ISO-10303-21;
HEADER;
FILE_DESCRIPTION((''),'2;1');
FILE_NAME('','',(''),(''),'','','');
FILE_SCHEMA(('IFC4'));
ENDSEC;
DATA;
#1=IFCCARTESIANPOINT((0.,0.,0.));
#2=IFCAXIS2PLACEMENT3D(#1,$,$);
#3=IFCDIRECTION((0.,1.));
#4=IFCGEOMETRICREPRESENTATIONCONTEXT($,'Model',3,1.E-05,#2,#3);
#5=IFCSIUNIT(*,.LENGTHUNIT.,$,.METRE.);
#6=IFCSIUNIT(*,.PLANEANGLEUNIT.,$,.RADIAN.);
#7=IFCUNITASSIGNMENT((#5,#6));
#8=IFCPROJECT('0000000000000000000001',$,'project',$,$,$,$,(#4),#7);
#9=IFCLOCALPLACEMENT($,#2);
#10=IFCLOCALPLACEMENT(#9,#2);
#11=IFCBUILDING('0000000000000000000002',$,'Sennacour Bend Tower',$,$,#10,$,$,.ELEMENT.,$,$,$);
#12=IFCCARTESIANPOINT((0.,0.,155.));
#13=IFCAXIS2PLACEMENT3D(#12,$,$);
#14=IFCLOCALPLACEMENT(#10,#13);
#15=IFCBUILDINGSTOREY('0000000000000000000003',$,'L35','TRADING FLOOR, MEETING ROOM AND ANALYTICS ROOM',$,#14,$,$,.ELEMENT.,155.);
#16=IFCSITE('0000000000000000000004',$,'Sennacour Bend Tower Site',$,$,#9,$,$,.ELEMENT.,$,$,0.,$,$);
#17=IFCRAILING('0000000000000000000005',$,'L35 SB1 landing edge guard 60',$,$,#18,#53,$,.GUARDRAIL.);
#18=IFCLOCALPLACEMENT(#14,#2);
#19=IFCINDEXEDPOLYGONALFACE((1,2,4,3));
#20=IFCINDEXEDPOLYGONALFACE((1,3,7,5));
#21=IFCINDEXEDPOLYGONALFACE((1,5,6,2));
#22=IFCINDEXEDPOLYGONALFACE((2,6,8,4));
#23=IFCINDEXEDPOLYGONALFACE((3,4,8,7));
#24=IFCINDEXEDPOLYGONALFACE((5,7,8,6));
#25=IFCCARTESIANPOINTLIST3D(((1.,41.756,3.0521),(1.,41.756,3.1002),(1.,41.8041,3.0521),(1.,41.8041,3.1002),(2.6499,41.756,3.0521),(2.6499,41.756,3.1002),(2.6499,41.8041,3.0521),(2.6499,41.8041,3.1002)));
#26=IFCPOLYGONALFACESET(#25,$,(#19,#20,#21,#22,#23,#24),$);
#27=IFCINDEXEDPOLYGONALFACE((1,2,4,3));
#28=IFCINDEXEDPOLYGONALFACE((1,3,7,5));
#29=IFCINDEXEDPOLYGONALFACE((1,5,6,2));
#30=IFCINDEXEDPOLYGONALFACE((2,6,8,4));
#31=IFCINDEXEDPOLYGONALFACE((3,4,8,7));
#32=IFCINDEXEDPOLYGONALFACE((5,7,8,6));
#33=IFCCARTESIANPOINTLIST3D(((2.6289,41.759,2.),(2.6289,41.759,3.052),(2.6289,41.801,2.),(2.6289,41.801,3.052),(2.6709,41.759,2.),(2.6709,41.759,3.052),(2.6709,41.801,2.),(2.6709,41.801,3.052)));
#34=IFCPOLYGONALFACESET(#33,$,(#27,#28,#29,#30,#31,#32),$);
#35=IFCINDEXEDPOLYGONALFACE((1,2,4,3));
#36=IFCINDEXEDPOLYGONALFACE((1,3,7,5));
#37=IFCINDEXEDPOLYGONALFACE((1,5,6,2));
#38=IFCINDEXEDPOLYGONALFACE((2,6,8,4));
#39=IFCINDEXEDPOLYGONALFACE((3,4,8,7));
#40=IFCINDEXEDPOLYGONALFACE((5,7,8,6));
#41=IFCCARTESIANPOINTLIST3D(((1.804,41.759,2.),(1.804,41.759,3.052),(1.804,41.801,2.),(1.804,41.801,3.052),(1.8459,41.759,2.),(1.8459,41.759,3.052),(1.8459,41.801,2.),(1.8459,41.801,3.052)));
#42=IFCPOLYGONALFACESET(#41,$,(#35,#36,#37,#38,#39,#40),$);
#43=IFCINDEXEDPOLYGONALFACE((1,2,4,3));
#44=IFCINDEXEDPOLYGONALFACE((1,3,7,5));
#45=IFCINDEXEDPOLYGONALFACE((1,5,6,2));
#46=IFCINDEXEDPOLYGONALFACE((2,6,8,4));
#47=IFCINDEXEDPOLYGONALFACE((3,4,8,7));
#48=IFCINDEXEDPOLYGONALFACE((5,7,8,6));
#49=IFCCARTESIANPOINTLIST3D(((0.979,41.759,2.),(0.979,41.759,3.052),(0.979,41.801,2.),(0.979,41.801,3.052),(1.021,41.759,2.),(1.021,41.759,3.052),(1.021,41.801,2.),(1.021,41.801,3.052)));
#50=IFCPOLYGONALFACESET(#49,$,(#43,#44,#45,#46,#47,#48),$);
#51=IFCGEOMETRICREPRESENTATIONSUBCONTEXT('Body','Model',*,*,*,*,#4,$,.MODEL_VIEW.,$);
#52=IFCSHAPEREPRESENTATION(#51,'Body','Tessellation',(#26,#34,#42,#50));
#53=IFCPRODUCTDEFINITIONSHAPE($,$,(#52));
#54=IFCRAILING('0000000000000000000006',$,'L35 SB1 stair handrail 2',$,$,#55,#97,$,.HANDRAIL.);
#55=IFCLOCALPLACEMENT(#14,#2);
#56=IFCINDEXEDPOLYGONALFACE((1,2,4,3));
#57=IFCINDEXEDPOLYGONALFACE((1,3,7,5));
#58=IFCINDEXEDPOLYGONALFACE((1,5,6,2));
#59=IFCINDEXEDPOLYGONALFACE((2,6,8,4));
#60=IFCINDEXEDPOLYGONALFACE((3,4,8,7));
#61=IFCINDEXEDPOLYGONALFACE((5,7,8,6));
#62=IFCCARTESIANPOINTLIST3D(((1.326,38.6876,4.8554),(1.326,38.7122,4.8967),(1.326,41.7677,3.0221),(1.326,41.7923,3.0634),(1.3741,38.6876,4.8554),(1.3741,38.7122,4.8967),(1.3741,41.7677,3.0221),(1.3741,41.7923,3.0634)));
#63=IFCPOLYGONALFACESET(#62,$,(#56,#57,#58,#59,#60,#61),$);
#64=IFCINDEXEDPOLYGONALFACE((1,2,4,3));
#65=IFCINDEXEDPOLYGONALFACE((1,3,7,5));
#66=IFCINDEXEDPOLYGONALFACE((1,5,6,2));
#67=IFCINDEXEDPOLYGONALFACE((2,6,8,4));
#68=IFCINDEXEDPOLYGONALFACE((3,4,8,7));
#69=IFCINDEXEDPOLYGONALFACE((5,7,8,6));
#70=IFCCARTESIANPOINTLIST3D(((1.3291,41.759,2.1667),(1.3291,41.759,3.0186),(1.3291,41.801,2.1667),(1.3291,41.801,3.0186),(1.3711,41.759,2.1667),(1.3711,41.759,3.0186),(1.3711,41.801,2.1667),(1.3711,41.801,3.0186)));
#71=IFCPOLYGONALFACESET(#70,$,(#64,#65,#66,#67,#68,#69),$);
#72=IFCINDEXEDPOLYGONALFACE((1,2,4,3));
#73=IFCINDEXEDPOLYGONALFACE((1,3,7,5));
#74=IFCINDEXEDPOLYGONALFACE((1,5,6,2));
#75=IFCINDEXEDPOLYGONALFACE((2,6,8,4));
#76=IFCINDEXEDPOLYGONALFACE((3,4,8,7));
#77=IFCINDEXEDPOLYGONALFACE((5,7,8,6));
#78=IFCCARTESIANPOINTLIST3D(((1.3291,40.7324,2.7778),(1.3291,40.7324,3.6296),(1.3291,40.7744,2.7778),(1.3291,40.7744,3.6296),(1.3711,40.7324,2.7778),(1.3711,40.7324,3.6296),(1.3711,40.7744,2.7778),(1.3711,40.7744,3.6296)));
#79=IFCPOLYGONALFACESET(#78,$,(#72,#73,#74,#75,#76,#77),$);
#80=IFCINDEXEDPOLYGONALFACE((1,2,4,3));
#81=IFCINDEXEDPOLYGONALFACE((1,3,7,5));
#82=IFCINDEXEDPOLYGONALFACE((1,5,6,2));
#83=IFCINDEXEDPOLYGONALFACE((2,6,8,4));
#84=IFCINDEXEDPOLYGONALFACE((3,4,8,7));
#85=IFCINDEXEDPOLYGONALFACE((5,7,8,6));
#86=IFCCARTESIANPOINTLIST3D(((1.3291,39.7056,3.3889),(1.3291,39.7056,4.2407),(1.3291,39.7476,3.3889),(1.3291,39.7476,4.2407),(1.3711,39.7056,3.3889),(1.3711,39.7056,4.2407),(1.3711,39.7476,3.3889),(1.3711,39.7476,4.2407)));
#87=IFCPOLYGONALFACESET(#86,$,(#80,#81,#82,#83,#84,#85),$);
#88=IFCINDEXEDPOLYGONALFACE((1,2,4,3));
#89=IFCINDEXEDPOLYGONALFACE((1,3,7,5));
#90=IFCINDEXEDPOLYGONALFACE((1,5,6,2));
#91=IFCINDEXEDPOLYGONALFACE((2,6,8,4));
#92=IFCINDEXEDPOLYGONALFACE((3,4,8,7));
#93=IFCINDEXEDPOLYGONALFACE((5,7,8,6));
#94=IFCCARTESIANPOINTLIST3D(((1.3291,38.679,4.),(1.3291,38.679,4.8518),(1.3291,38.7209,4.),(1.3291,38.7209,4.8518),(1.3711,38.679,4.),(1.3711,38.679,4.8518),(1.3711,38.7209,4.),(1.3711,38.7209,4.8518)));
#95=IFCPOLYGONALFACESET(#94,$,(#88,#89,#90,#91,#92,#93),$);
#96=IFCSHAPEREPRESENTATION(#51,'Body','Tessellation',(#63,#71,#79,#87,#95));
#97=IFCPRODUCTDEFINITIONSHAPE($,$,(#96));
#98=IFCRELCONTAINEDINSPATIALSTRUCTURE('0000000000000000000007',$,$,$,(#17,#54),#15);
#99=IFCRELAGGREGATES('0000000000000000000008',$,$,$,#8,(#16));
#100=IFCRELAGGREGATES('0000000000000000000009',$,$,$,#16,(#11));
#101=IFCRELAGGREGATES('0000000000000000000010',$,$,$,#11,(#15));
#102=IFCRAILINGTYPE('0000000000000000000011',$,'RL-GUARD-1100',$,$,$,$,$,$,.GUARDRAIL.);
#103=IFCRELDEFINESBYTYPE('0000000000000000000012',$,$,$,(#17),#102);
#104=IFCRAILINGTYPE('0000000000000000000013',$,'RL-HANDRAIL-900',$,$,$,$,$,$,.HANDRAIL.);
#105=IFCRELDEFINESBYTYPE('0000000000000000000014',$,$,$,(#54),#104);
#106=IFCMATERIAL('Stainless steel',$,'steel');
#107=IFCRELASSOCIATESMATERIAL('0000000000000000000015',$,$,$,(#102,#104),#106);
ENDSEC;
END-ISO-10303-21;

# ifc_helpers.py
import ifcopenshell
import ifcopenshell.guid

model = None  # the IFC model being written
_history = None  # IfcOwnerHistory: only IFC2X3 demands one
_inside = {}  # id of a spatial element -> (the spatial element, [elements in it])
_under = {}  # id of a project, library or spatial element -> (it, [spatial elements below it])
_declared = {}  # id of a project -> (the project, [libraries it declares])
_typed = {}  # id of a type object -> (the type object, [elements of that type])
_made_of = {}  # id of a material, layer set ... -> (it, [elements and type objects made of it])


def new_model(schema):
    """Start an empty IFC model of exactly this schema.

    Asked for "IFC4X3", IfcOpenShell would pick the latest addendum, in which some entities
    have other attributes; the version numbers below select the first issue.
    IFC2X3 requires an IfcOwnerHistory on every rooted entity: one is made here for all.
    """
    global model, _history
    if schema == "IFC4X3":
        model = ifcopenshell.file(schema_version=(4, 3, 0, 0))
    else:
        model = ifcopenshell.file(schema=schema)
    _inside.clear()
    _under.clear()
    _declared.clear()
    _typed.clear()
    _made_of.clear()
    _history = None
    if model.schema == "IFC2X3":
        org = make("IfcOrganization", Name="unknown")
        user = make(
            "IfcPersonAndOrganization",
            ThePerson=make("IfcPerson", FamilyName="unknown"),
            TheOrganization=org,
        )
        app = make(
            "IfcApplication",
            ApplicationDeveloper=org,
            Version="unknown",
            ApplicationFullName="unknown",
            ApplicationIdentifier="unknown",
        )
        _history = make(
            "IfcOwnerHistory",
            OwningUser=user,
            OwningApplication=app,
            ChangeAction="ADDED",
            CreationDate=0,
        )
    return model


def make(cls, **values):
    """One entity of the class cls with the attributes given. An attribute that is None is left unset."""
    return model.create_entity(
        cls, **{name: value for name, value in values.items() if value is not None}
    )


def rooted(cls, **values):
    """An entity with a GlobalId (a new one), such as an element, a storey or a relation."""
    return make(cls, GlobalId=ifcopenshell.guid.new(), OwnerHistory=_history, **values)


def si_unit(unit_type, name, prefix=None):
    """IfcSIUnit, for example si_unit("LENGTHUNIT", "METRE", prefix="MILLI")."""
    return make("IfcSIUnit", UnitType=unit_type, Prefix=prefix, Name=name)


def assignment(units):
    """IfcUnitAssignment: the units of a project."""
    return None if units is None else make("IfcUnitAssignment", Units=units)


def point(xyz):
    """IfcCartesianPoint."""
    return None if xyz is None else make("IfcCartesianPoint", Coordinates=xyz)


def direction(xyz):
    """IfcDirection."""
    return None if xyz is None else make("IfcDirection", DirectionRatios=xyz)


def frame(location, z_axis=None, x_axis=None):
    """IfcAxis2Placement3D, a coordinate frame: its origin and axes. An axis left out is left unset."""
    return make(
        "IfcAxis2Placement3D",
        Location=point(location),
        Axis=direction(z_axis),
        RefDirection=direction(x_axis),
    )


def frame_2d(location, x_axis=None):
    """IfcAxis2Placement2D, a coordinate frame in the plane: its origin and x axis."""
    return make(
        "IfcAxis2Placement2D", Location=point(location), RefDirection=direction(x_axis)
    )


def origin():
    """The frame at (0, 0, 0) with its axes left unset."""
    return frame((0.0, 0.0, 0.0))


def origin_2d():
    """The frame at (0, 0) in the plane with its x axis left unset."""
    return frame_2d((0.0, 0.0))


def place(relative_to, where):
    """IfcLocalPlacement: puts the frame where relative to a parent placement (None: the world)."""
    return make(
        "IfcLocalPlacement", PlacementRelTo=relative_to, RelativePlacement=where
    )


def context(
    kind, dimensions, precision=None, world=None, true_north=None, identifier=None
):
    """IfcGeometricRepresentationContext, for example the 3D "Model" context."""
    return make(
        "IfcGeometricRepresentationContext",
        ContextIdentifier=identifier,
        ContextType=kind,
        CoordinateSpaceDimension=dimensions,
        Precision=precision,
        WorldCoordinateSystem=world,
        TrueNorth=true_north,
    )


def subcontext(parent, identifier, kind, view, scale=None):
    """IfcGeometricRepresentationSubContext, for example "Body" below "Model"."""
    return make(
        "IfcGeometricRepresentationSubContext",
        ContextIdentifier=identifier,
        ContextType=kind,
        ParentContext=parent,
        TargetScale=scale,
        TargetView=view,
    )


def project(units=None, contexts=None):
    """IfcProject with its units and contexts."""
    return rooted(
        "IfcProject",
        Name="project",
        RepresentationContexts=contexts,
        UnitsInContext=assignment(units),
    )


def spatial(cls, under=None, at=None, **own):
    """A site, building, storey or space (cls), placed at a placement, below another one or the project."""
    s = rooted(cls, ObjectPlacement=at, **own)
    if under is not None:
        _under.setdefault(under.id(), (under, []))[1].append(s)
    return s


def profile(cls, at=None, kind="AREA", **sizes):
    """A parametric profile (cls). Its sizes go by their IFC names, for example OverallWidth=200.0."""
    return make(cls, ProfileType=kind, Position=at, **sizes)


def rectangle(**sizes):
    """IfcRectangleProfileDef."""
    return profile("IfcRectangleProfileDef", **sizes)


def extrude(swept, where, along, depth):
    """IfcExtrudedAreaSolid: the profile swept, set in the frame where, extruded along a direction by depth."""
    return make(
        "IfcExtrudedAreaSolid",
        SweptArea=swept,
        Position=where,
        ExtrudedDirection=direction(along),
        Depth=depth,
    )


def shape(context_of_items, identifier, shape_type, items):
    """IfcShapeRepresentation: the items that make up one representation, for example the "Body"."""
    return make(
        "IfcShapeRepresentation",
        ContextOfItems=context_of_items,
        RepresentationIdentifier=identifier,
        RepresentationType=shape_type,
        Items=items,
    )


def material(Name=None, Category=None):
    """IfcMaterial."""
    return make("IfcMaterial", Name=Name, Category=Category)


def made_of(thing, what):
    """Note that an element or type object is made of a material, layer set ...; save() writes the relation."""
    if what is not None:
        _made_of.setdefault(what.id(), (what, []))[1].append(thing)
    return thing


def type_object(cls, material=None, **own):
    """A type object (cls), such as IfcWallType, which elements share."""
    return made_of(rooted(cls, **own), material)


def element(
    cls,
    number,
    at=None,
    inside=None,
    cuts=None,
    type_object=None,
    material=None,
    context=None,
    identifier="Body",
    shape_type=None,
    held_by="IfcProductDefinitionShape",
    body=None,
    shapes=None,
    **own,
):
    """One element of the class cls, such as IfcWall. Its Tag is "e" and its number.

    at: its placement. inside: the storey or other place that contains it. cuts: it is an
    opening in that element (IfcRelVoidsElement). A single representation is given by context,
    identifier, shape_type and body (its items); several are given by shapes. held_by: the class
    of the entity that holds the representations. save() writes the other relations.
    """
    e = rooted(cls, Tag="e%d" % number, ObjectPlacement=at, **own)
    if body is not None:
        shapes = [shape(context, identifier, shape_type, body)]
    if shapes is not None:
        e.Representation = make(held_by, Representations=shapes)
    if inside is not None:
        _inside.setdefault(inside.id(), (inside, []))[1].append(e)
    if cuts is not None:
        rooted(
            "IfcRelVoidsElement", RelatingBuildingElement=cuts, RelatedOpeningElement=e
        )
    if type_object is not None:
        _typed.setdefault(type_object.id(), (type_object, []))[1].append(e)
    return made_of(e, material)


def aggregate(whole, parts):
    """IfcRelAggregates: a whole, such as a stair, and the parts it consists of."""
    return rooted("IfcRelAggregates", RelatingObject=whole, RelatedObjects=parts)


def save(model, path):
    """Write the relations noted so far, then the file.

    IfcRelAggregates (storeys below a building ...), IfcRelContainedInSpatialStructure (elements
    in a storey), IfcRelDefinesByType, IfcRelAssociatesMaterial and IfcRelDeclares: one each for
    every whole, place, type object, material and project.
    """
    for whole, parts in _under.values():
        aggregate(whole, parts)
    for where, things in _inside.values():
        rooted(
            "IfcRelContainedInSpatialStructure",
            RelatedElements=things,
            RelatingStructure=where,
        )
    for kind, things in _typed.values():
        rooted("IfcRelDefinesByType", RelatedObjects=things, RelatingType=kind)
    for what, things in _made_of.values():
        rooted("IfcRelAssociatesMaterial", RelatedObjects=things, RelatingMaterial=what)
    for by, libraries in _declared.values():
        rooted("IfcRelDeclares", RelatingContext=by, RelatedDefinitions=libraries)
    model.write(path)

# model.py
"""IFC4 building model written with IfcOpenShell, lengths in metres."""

from ifc_helpers import new_model, si_unit, direction, frame, origin, origin_2d, place, context, subcontext, project, spatial, rectangle, extrude, material, type_object, element, save


model = new_model("IFC4")

# Units and contexts
model_context = context("Model", 3, precision=1e-05, world=origin(), true_north=direction((0.0, 1.0)))
body_context = subcontext(model_context, "Body", "Model", "MODEL_VIEW")
ifc_project = project(units=[si_unit("LENGTHUNIT", "METRE"), si_unit("PLANEANGLEUNIT", "RADIAN")], contexts=[model_context])

# Site, building, storey
site_placement = place(None, origin())
site = spatial("IfcSite", under=ifc_project, at=site_placement, Name="Sennacour Bend Tower Site", CompositionType="ELEMENT", RefElevation=0.0)
building_placement = place(site_placement, origin())
building = spatial("IfcBuilding", under=site, at=building_placement, Name="Sennacour Bend Tower", CompositionType="ELEMENT")
storey_placement = place(building_placement, frame((0.0, 0.0, 155.0)))
storey = spatial("IfcBuildingStorey", under=building, at=storey_placement, Name="L35", Description="TRADING FLOOR, MEETING ROOM AND ANALYTICS ROOM", CompositionType="ELEMENT", Elevation=155.0)

# Railings
ifc_material_1 = material(Name="Stainless steel", Category="steel")
railing_type_1 = type_object("IfcRailingType", Name="RL-GUARD-1100", PredefinedType="GUARDRAIL", material=ifc_material_1)
railing_1_placement = place(storey_placement, frame((2.6499, 41.78, 2.0)))
element("IfcRailing", 1, at=railing_1_placement, inside=storey, type_object=railing_type_1, Name="L35 SB1 landing edge guard 60", PredefinedType="GUARDRAIL", context=body_context, shape_type="SweptSolid", body=[
    extrude(rectangle(XDim=0.0481, YDim=0.0481, at=origin_2d()), frame((0.0, 0.0, 1.0762), z_axis=(-1.0, 0.0, 0.0), x_axis=(0.0, -1.0, 0.0)), (0.0, 0.0, 1.0), 1.6499),
    extrude(rectangle(XDim=0.042, YDim=0.042, at=origin_2d()), origin(), (0.0, 0.0, 1.0), 1.052),
    extrude(rectangle(XDim=0.042, YDim=0.042, at=origin_2d()), frame((-0.825, 0.0, 0.0)), (0.0, 0.0, 1.0), 1.052),
    extrude(rectangle(XDim=0.042, YDim=0.042, at=origin_2d()), frame((-1.6499, 0.0, 0.0)), (0.0, 0.0, 1.0), 1.052),
])
railing_type_2 = type_object("IfcRailingType", Name="RL-HANDRAIL-900", PredefinedType="HANDRAIL", material=ifc_material_1)
railing_2_placement = place(storey_placement, frame((1.3501, 41.78, 2.1667)))
element("IfcRailing", 2, at=railing_2_placement, inside=storey, type_object=railing_type_2, Name="L35 SB1 stair handrail 2", PredefinedType="HANDRAIL", context=body_context, shape_type="SweptSolid", body=[
    extrude(rectangle(XDim=0.0481, YDim=0.0481, at=origin_2d()), frame((0.0, 0.0, 0.876), z_axis=(0.0, -0.859309, 0.511458), x_axis=(1.0, 0.0, 0.0)), (0.0, 0.0, 1.0), 3.5845),
    extrude(rectangle(XDim=0.042, YDim=0.042, at=origin_2d()), origin(), (0.0, 0.0, 1.0), 0.8518),
    extrude(rectangle(XDim=0.042, YDim=0.042, at=origin_2d()), frame((0.0, -1.0266, 0.6111)), (0.0, 0.0, 1.0), 0.8518),
    extrude(rectangle(XDim=0.042, YDim=0.042, at=origin_2d()), frame((0.0, -2.0535, 1.2222)), (0.0, 0.0, 1.0), 0.8518),
    extrude(rectangle(XDim=0.042, YDim=0.042, at=origin_2d()), frame((0.0, -3.0801, 1.8333)), (0.0, 0.0, 1.0), 0.8518),
])

save(model, "model.ifc")
